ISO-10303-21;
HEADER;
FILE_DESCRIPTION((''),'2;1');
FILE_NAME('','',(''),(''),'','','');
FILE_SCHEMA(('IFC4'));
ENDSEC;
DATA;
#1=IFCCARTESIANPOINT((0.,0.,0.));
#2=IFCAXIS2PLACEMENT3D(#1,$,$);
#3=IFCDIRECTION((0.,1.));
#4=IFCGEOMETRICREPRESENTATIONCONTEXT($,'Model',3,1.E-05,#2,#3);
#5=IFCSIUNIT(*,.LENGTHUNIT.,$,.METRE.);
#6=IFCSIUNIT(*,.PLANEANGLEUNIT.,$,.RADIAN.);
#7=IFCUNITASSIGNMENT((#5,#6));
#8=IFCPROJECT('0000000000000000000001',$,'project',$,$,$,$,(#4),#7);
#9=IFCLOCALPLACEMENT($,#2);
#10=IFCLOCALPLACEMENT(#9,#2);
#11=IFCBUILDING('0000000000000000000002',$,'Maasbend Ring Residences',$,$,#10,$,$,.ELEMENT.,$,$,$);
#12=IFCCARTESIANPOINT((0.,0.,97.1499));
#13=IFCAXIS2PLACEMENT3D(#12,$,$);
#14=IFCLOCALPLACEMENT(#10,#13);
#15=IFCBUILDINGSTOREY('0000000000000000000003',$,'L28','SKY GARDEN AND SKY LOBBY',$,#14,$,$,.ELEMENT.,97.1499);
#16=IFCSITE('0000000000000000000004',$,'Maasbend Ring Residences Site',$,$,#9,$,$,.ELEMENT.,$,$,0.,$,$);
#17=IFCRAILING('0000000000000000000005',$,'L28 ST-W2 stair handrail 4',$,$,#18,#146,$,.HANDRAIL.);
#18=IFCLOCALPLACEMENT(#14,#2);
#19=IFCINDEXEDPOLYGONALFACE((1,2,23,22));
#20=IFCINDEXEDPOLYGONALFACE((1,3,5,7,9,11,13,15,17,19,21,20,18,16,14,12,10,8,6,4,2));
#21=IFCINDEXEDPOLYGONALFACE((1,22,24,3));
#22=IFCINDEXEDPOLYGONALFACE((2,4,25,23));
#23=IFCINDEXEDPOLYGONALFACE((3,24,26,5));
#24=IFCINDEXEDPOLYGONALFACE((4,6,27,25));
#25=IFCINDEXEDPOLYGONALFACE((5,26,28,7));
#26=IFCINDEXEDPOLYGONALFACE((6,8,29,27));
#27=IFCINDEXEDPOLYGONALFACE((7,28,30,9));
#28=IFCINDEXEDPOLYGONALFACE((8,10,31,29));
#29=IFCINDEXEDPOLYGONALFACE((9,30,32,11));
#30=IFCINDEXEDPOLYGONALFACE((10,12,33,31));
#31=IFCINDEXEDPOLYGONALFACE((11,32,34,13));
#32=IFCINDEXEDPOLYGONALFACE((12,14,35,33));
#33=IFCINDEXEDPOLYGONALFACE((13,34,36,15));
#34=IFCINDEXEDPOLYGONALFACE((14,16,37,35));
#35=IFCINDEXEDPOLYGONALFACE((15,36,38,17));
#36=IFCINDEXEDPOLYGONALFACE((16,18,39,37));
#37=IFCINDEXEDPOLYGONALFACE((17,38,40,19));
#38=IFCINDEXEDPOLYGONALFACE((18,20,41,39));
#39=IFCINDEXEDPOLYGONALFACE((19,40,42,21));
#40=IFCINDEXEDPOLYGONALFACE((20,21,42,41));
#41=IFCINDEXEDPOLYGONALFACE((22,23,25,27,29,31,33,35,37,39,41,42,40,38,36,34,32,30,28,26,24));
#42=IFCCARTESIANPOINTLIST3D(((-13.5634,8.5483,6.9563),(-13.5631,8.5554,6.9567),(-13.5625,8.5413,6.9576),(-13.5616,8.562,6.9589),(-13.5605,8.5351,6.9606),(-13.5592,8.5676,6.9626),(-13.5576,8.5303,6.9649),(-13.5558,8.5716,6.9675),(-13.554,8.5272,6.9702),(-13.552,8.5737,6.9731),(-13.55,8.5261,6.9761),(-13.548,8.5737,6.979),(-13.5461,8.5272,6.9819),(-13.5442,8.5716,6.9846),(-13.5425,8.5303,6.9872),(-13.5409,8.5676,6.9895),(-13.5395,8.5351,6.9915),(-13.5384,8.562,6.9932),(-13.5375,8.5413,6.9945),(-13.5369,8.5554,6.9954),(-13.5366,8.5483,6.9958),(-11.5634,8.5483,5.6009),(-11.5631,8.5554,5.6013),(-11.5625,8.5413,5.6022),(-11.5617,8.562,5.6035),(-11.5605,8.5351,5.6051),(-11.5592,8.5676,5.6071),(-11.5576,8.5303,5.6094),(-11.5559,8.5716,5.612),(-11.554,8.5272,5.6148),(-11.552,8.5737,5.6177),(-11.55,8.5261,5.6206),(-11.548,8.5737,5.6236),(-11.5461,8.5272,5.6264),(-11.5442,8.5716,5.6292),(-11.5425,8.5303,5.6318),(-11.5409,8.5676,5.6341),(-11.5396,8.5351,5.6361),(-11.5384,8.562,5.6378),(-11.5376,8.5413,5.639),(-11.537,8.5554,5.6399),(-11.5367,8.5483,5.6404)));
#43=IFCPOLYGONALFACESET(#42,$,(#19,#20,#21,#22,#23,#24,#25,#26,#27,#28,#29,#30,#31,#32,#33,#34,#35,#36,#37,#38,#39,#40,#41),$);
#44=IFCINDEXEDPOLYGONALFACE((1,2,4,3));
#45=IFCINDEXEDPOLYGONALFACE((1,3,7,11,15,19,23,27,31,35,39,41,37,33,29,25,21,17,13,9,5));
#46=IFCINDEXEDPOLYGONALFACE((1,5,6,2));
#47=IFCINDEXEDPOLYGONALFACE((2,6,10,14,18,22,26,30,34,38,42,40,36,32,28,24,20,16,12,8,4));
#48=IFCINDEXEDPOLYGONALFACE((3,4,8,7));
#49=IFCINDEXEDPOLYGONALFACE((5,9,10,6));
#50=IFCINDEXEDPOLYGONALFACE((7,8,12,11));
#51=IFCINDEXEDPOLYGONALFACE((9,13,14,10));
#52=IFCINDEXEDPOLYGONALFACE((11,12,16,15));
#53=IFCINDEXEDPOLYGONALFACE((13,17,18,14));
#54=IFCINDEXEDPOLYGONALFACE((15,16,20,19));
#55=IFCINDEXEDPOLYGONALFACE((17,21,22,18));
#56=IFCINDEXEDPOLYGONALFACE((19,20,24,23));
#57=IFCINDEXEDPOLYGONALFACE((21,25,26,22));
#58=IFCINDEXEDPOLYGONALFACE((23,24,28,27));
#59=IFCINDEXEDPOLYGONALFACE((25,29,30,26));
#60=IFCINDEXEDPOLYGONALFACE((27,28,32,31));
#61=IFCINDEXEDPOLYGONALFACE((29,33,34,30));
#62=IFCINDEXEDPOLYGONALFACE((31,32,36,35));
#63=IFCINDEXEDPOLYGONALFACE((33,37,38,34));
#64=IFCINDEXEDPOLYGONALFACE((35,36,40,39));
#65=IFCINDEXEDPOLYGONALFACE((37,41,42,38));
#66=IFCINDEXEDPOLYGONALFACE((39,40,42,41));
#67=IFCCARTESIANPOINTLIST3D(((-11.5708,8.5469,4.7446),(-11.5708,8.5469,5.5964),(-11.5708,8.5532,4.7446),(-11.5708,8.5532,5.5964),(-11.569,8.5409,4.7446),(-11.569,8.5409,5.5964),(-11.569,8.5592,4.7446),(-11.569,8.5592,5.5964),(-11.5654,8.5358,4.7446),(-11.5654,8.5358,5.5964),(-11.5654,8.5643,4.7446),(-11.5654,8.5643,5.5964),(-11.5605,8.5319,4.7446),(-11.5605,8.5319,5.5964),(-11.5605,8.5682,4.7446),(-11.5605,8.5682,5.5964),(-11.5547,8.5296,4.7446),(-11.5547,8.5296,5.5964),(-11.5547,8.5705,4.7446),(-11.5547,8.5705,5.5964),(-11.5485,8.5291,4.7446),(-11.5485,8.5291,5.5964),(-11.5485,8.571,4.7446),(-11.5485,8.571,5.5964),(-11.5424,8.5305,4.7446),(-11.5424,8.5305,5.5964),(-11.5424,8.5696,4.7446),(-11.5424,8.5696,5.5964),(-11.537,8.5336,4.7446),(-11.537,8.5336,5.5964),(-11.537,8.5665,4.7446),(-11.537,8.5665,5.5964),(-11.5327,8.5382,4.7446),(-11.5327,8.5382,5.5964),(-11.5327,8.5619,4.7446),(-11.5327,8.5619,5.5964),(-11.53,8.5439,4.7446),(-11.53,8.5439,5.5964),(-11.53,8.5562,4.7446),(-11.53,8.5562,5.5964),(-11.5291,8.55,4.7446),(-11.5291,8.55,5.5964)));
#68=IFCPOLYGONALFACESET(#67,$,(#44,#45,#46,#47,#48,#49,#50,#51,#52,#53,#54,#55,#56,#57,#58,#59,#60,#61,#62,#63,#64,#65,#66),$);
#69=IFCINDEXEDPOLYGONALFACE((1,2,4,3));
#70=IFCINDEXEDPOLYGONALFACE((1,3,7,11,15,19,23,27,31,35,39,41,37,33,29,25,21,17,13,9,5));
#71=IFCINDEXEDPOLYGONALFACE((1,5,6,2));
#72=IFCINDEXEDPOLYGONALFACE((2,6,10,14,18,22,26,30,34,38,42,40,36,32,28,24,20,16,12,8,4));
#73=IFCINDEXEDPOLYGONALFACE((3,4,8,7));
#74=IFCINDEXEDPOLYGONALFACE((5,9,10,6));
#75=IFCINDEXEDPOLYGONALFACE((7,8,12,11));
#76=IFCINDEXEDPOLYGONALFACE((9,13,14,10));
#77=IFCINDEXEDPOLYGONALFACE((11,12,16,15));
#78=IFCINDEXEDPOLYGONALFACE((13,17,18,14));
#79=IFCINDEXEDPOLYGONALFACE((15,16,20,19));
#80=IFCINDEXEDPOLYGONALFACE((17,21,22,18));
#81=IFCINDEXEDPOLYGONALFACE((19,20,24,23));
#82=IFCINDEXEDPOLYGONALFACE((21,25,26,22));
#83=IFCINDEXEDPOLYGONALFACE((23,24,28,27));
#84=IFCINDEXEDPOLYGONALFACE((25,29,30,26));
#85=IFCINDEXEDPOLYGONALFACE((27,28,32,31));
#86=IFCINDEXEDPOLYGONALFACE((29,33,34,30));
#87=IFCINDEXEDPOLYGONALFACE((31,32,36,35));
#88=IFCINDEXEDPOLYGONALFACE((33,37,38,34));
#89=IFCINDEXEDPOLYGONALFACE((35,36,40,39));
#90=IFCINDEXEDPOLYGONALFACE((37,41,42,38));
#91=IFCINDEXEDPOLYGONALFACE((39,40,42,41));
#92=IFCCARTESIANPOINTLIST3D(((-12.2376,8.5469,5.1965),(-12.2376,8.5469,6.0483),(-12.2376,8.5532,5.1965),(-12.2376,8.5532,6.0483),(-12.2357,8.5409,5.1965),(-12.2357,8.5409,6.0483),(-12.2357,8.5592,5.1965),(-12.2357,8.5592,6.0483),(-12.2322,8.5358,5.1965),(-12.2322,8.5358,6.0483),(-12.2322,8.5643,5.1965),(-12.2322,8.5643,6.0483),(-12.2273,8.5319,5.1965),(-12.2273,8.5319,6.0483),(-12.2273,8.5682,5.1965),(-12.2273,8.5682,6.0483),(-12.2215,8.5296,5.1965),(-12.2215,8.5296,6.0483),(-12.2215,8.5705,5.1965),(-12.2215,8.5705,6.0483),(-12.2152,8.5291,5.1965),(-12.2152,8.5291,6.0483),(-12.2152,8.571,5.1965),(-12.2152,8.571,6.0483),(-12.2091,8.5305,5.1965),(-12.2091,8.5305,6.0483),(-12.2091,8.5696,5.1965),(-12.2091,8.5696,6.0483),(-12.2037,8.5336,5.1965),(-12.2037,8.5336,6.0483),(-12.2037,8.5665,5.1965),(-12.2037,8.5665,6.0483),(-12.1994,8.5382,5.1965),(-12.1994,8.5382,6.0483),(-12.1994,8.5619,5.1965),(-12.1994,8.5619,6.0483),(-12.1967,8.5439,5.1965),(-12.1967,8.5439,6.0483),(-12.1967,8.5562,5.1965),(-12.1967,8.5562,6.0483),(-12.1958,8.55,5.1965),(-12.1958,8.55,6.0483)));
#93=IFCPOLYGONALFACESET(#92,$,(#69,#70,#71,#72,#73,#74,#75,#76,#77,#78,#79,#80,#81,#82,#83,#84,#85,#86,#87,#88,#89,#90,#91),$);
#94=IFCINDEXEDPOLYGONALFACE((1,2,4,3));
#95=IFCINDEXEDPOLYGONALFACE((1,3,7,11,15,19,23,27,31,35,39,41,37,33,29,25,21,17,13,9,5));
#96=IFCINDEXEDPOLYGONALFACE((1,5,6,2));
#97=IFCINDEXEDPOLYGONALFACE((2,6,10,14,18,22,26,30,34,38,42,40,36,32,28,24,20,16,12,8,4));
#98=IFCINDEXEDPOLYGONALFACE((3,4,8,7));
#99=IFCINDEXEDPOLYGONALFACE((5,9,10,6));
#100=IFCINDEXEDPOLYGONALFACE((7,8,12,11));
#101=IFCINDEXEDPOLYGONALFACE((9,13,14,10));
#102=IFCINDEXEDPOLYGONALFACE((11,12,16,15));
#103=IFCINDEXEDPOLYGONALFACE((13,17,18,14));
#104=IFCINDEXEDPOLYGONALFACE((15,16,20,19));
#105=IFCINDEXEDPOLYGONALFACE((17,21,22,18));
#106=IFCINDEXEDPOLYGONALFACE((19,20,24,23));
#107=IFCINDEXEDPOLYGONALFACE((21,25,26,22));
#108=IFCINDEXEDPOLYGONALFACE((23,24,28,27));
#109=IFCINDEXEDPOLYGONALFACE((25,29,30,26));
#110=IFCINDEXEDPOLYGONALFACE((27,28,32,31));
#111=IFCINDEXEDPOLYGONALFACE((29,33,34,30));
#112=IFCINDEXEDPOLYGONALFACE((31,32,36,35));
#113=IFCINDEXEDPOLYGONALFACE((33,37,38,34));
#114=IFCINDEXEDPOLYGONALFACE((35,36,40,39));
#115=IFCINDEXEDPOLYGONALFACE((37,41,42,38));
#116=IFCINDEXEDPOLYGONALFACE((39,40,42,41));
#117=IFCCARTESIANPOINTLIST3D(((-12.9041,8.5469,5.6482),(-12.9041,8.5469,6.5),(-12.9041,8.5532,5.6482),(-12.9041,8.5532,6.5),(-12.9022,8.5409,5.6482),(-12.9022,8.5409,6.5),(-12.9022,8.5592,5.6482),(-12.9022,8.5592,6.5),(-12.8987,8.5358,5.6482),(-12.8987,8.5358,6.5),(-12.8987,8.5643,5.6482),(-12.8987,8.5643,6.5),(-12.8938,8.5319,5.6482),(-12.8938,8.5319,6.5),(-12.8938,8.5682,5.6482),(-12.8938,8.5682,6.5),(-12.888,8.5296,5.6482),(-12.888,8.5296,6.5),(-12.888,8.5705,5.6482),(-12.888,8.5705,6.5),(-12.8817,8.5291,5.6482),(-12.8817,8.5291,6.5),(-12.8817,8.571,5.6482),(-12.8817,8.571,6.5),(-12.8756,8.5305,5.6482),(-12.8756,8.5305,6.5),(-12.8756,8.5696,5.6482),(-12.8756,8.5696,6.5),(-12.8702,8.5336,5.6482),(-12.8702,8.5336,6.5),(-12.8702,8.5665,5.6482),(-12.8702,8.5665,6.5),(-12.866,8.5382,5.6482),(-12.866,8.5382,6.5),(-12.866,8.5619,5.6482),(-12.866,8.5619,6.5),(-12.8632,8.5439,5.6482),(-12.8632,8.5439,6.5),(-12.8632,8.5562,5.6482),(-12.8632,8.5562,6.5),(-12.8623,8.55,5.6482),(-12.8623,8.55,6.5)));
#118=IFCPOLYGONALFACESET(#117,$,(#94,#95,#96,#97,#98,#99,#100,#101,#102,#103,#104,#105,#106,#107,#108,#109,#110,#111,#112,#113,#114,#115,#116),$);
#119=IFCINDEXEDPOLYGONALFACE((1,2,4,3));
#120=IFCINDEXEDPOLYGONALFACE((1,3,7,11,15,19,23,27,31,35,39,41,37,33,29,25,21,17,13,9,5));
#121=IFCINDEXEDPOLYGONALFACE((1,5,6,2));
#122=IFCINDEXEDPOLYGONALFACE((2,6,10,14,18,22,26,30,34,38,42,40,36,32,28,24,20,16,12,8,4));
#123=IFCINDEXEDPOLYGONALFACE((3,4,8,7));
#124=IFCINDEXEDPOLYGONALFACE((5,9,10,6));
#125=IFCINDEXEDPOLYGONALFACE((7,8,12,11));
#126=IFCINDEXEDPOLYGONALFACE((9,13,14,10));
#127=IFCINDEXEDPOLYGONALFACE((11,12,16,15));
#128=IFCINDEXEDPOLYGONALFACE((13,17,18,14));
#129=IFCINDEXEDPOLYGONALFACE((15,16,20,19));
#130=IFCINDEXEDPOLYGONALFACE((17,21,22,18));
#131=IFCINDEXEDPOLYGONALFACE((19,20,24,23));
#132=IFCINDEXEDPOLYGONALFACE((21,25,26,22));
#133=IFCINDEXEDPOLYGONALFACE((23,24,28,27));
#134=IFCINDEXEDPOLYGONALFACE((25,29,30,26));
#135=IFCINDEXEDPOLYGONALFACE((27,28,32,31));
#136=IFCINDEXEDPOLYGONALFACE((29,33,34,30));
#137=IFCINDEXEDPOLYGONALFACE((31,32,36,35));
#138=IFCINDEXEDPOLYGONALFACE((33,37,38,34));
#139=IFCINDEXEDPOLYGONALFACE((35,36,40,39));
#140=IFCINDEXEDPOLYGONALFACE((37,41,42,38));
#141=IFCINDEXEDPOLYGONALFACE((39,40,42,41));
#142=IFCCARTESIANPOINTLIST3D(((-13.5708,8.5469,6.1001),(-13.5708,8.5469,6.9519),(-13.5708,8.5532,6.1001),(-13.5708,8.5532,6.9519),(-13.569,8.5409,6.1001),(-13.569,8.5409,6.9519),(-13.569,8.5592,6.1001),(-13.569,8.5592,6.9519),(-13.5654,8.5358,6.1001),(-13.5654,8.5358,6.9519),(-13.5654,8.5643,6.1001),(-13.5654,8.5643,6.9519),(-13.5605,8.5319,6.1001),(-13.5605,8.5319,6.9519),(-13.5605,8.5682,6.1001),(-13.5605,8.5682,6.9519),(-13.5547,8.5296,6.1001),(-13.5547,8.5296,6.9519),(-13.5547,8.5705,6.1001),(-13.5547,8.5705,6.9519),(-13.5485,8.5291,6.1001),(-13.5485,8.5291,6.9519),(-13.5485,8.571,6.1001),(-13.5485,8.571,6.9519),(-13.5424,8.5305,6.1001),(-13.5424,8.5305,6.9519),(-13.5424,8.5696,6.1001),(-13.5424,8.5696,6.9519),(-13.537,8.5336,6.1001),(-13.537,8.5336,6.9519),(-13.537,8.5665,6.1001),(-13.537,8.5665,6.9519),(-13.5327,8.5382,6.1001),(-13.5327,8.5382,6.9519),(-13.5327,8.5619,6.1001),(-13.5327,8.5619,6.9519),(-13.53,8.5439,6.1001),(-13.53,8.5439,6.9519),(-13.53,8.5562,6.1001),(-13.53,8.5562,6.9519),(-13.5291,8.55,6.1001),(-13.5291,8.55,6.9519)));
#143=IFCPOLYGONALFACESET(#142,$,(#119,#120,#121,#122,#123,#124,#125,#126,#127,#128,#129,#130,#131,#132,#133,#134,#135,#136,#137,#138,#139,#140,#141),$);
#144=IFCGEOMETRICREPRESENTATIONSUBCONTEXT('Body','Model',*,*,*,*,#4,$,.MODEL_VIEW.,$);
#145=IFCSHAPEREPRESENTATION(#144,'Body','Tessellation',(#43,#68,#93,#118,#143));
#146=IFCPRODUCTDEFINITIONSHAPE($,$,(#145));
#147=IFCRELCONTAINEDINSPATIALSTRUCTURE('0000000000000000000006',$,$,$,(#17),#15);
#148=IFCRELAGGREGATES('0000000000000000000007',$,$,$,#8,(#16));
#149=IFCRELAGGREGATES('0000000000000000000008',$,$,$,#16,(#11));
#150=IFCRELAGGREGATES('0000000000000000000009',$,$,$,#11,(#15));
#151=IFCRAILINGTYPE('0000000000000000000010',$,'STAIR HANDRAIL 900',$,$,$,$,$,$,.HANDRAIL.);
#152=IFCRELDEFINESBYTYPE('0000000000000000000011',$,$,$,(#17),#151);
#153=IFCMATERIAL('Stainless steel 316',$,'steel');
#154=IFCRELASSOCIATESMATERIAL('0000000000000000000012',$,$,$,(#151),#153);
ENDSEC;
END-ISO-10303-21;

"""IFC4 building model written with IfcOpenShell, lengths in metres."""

from ifc_helpers import new_model, si_unit, direction, frame, origin, origin_2d, place, context, subcontext, project, spatial, circle, extrude, material, type_object, element, save


model = new_model("IFC4")

# Units and contexts
model_context = context("Model", 3, precision=1e-05, world=origin(), true_north=direction((0.0, 1.0)))
body_context = subcontext(model_context, "Body", "Model", "MODEL_VIEW")
ifc_project = project(units=[si_unit("LENGTHUNIT", "METRE"), si_unit("PLANEANGLEUNIT", "RADIAN")], contexts=[model_context])

# Site, building, storey
site_placement = place(None, origin())
site = spatial("IfcSite", under=ifc_project, at=site_placement, Name="Maasbend Ring Residences Site", CompositionType="ELEMENT", RefElevation=0.0)
building_placement = place(site_placement, origin())
building = spatial("IfcBuilding", under=site, at=building_placement, Name="Maasbend Ring Residences", CompositionType="ELEMENT")
storey_placement = place(building_placement, frame((0.0, 0.0, 97.1499)))
storey = spatial("IfcBuildingStorey", under=building, at=storey_placement, Name="L28", Description="SKY GARDEN AND SKY LOBBY", CompositionType="ELEMENT", Elevation=97.1499)

# Railing
ifc_material_1 = material(Name="Stainless steel 316", Category="steel")
railing_type = type_object("IfcRailingType", Name="STAIR HANDRAIL 900", PredefinedType="HANDRAIL", material=ifc_material_1)
for number, where, name in (
    (1, (-11.55, 8.55, 4.7446), "L28 ST-W2 stair handrail 4"),
):
    element("IfcRailing", number, at=place(storey_placement, frame(where)), inside=storey, type_object=railing_type, Name=name, PredefinedType="HANDRAIL", context=body_context, shape_type="SweptSolid", body=[
        extrude(circle(Radius=0.0239, at=origin_2d()), frame((0.0, 0.0, 0.876), z_axis=(-0.827798, 0.0, 0.561027), x_axis=(0.0, -1.0, 0.0)), (0.0, 0.0, 1.0), 2.416),
        extrude(circle(Radius=0.021, at=origin_2d()), origin(), (0.0, 0.0, 1.0), 0.8518),
        extrude(circle(Radius=0.021, at=origin_2d()), frame((-0.6667, 0.0, 0.4519)), (0.0, 0.0, 1.0), 0.8518),
        extrude(circle(Radius=0.021, at=origin_2d()), frame((-1.3333, 0.0, 0.9036)), (0.0, 0.0, 1.0), 0.8518),
        extrude(circle(Radius=0.021, at=origin_2d()), frame((-2.0, 0.0, 1.3555)), (0.0, 0.0, 1.0), 0.8518),
    ])

save(model, "model.ifc")
